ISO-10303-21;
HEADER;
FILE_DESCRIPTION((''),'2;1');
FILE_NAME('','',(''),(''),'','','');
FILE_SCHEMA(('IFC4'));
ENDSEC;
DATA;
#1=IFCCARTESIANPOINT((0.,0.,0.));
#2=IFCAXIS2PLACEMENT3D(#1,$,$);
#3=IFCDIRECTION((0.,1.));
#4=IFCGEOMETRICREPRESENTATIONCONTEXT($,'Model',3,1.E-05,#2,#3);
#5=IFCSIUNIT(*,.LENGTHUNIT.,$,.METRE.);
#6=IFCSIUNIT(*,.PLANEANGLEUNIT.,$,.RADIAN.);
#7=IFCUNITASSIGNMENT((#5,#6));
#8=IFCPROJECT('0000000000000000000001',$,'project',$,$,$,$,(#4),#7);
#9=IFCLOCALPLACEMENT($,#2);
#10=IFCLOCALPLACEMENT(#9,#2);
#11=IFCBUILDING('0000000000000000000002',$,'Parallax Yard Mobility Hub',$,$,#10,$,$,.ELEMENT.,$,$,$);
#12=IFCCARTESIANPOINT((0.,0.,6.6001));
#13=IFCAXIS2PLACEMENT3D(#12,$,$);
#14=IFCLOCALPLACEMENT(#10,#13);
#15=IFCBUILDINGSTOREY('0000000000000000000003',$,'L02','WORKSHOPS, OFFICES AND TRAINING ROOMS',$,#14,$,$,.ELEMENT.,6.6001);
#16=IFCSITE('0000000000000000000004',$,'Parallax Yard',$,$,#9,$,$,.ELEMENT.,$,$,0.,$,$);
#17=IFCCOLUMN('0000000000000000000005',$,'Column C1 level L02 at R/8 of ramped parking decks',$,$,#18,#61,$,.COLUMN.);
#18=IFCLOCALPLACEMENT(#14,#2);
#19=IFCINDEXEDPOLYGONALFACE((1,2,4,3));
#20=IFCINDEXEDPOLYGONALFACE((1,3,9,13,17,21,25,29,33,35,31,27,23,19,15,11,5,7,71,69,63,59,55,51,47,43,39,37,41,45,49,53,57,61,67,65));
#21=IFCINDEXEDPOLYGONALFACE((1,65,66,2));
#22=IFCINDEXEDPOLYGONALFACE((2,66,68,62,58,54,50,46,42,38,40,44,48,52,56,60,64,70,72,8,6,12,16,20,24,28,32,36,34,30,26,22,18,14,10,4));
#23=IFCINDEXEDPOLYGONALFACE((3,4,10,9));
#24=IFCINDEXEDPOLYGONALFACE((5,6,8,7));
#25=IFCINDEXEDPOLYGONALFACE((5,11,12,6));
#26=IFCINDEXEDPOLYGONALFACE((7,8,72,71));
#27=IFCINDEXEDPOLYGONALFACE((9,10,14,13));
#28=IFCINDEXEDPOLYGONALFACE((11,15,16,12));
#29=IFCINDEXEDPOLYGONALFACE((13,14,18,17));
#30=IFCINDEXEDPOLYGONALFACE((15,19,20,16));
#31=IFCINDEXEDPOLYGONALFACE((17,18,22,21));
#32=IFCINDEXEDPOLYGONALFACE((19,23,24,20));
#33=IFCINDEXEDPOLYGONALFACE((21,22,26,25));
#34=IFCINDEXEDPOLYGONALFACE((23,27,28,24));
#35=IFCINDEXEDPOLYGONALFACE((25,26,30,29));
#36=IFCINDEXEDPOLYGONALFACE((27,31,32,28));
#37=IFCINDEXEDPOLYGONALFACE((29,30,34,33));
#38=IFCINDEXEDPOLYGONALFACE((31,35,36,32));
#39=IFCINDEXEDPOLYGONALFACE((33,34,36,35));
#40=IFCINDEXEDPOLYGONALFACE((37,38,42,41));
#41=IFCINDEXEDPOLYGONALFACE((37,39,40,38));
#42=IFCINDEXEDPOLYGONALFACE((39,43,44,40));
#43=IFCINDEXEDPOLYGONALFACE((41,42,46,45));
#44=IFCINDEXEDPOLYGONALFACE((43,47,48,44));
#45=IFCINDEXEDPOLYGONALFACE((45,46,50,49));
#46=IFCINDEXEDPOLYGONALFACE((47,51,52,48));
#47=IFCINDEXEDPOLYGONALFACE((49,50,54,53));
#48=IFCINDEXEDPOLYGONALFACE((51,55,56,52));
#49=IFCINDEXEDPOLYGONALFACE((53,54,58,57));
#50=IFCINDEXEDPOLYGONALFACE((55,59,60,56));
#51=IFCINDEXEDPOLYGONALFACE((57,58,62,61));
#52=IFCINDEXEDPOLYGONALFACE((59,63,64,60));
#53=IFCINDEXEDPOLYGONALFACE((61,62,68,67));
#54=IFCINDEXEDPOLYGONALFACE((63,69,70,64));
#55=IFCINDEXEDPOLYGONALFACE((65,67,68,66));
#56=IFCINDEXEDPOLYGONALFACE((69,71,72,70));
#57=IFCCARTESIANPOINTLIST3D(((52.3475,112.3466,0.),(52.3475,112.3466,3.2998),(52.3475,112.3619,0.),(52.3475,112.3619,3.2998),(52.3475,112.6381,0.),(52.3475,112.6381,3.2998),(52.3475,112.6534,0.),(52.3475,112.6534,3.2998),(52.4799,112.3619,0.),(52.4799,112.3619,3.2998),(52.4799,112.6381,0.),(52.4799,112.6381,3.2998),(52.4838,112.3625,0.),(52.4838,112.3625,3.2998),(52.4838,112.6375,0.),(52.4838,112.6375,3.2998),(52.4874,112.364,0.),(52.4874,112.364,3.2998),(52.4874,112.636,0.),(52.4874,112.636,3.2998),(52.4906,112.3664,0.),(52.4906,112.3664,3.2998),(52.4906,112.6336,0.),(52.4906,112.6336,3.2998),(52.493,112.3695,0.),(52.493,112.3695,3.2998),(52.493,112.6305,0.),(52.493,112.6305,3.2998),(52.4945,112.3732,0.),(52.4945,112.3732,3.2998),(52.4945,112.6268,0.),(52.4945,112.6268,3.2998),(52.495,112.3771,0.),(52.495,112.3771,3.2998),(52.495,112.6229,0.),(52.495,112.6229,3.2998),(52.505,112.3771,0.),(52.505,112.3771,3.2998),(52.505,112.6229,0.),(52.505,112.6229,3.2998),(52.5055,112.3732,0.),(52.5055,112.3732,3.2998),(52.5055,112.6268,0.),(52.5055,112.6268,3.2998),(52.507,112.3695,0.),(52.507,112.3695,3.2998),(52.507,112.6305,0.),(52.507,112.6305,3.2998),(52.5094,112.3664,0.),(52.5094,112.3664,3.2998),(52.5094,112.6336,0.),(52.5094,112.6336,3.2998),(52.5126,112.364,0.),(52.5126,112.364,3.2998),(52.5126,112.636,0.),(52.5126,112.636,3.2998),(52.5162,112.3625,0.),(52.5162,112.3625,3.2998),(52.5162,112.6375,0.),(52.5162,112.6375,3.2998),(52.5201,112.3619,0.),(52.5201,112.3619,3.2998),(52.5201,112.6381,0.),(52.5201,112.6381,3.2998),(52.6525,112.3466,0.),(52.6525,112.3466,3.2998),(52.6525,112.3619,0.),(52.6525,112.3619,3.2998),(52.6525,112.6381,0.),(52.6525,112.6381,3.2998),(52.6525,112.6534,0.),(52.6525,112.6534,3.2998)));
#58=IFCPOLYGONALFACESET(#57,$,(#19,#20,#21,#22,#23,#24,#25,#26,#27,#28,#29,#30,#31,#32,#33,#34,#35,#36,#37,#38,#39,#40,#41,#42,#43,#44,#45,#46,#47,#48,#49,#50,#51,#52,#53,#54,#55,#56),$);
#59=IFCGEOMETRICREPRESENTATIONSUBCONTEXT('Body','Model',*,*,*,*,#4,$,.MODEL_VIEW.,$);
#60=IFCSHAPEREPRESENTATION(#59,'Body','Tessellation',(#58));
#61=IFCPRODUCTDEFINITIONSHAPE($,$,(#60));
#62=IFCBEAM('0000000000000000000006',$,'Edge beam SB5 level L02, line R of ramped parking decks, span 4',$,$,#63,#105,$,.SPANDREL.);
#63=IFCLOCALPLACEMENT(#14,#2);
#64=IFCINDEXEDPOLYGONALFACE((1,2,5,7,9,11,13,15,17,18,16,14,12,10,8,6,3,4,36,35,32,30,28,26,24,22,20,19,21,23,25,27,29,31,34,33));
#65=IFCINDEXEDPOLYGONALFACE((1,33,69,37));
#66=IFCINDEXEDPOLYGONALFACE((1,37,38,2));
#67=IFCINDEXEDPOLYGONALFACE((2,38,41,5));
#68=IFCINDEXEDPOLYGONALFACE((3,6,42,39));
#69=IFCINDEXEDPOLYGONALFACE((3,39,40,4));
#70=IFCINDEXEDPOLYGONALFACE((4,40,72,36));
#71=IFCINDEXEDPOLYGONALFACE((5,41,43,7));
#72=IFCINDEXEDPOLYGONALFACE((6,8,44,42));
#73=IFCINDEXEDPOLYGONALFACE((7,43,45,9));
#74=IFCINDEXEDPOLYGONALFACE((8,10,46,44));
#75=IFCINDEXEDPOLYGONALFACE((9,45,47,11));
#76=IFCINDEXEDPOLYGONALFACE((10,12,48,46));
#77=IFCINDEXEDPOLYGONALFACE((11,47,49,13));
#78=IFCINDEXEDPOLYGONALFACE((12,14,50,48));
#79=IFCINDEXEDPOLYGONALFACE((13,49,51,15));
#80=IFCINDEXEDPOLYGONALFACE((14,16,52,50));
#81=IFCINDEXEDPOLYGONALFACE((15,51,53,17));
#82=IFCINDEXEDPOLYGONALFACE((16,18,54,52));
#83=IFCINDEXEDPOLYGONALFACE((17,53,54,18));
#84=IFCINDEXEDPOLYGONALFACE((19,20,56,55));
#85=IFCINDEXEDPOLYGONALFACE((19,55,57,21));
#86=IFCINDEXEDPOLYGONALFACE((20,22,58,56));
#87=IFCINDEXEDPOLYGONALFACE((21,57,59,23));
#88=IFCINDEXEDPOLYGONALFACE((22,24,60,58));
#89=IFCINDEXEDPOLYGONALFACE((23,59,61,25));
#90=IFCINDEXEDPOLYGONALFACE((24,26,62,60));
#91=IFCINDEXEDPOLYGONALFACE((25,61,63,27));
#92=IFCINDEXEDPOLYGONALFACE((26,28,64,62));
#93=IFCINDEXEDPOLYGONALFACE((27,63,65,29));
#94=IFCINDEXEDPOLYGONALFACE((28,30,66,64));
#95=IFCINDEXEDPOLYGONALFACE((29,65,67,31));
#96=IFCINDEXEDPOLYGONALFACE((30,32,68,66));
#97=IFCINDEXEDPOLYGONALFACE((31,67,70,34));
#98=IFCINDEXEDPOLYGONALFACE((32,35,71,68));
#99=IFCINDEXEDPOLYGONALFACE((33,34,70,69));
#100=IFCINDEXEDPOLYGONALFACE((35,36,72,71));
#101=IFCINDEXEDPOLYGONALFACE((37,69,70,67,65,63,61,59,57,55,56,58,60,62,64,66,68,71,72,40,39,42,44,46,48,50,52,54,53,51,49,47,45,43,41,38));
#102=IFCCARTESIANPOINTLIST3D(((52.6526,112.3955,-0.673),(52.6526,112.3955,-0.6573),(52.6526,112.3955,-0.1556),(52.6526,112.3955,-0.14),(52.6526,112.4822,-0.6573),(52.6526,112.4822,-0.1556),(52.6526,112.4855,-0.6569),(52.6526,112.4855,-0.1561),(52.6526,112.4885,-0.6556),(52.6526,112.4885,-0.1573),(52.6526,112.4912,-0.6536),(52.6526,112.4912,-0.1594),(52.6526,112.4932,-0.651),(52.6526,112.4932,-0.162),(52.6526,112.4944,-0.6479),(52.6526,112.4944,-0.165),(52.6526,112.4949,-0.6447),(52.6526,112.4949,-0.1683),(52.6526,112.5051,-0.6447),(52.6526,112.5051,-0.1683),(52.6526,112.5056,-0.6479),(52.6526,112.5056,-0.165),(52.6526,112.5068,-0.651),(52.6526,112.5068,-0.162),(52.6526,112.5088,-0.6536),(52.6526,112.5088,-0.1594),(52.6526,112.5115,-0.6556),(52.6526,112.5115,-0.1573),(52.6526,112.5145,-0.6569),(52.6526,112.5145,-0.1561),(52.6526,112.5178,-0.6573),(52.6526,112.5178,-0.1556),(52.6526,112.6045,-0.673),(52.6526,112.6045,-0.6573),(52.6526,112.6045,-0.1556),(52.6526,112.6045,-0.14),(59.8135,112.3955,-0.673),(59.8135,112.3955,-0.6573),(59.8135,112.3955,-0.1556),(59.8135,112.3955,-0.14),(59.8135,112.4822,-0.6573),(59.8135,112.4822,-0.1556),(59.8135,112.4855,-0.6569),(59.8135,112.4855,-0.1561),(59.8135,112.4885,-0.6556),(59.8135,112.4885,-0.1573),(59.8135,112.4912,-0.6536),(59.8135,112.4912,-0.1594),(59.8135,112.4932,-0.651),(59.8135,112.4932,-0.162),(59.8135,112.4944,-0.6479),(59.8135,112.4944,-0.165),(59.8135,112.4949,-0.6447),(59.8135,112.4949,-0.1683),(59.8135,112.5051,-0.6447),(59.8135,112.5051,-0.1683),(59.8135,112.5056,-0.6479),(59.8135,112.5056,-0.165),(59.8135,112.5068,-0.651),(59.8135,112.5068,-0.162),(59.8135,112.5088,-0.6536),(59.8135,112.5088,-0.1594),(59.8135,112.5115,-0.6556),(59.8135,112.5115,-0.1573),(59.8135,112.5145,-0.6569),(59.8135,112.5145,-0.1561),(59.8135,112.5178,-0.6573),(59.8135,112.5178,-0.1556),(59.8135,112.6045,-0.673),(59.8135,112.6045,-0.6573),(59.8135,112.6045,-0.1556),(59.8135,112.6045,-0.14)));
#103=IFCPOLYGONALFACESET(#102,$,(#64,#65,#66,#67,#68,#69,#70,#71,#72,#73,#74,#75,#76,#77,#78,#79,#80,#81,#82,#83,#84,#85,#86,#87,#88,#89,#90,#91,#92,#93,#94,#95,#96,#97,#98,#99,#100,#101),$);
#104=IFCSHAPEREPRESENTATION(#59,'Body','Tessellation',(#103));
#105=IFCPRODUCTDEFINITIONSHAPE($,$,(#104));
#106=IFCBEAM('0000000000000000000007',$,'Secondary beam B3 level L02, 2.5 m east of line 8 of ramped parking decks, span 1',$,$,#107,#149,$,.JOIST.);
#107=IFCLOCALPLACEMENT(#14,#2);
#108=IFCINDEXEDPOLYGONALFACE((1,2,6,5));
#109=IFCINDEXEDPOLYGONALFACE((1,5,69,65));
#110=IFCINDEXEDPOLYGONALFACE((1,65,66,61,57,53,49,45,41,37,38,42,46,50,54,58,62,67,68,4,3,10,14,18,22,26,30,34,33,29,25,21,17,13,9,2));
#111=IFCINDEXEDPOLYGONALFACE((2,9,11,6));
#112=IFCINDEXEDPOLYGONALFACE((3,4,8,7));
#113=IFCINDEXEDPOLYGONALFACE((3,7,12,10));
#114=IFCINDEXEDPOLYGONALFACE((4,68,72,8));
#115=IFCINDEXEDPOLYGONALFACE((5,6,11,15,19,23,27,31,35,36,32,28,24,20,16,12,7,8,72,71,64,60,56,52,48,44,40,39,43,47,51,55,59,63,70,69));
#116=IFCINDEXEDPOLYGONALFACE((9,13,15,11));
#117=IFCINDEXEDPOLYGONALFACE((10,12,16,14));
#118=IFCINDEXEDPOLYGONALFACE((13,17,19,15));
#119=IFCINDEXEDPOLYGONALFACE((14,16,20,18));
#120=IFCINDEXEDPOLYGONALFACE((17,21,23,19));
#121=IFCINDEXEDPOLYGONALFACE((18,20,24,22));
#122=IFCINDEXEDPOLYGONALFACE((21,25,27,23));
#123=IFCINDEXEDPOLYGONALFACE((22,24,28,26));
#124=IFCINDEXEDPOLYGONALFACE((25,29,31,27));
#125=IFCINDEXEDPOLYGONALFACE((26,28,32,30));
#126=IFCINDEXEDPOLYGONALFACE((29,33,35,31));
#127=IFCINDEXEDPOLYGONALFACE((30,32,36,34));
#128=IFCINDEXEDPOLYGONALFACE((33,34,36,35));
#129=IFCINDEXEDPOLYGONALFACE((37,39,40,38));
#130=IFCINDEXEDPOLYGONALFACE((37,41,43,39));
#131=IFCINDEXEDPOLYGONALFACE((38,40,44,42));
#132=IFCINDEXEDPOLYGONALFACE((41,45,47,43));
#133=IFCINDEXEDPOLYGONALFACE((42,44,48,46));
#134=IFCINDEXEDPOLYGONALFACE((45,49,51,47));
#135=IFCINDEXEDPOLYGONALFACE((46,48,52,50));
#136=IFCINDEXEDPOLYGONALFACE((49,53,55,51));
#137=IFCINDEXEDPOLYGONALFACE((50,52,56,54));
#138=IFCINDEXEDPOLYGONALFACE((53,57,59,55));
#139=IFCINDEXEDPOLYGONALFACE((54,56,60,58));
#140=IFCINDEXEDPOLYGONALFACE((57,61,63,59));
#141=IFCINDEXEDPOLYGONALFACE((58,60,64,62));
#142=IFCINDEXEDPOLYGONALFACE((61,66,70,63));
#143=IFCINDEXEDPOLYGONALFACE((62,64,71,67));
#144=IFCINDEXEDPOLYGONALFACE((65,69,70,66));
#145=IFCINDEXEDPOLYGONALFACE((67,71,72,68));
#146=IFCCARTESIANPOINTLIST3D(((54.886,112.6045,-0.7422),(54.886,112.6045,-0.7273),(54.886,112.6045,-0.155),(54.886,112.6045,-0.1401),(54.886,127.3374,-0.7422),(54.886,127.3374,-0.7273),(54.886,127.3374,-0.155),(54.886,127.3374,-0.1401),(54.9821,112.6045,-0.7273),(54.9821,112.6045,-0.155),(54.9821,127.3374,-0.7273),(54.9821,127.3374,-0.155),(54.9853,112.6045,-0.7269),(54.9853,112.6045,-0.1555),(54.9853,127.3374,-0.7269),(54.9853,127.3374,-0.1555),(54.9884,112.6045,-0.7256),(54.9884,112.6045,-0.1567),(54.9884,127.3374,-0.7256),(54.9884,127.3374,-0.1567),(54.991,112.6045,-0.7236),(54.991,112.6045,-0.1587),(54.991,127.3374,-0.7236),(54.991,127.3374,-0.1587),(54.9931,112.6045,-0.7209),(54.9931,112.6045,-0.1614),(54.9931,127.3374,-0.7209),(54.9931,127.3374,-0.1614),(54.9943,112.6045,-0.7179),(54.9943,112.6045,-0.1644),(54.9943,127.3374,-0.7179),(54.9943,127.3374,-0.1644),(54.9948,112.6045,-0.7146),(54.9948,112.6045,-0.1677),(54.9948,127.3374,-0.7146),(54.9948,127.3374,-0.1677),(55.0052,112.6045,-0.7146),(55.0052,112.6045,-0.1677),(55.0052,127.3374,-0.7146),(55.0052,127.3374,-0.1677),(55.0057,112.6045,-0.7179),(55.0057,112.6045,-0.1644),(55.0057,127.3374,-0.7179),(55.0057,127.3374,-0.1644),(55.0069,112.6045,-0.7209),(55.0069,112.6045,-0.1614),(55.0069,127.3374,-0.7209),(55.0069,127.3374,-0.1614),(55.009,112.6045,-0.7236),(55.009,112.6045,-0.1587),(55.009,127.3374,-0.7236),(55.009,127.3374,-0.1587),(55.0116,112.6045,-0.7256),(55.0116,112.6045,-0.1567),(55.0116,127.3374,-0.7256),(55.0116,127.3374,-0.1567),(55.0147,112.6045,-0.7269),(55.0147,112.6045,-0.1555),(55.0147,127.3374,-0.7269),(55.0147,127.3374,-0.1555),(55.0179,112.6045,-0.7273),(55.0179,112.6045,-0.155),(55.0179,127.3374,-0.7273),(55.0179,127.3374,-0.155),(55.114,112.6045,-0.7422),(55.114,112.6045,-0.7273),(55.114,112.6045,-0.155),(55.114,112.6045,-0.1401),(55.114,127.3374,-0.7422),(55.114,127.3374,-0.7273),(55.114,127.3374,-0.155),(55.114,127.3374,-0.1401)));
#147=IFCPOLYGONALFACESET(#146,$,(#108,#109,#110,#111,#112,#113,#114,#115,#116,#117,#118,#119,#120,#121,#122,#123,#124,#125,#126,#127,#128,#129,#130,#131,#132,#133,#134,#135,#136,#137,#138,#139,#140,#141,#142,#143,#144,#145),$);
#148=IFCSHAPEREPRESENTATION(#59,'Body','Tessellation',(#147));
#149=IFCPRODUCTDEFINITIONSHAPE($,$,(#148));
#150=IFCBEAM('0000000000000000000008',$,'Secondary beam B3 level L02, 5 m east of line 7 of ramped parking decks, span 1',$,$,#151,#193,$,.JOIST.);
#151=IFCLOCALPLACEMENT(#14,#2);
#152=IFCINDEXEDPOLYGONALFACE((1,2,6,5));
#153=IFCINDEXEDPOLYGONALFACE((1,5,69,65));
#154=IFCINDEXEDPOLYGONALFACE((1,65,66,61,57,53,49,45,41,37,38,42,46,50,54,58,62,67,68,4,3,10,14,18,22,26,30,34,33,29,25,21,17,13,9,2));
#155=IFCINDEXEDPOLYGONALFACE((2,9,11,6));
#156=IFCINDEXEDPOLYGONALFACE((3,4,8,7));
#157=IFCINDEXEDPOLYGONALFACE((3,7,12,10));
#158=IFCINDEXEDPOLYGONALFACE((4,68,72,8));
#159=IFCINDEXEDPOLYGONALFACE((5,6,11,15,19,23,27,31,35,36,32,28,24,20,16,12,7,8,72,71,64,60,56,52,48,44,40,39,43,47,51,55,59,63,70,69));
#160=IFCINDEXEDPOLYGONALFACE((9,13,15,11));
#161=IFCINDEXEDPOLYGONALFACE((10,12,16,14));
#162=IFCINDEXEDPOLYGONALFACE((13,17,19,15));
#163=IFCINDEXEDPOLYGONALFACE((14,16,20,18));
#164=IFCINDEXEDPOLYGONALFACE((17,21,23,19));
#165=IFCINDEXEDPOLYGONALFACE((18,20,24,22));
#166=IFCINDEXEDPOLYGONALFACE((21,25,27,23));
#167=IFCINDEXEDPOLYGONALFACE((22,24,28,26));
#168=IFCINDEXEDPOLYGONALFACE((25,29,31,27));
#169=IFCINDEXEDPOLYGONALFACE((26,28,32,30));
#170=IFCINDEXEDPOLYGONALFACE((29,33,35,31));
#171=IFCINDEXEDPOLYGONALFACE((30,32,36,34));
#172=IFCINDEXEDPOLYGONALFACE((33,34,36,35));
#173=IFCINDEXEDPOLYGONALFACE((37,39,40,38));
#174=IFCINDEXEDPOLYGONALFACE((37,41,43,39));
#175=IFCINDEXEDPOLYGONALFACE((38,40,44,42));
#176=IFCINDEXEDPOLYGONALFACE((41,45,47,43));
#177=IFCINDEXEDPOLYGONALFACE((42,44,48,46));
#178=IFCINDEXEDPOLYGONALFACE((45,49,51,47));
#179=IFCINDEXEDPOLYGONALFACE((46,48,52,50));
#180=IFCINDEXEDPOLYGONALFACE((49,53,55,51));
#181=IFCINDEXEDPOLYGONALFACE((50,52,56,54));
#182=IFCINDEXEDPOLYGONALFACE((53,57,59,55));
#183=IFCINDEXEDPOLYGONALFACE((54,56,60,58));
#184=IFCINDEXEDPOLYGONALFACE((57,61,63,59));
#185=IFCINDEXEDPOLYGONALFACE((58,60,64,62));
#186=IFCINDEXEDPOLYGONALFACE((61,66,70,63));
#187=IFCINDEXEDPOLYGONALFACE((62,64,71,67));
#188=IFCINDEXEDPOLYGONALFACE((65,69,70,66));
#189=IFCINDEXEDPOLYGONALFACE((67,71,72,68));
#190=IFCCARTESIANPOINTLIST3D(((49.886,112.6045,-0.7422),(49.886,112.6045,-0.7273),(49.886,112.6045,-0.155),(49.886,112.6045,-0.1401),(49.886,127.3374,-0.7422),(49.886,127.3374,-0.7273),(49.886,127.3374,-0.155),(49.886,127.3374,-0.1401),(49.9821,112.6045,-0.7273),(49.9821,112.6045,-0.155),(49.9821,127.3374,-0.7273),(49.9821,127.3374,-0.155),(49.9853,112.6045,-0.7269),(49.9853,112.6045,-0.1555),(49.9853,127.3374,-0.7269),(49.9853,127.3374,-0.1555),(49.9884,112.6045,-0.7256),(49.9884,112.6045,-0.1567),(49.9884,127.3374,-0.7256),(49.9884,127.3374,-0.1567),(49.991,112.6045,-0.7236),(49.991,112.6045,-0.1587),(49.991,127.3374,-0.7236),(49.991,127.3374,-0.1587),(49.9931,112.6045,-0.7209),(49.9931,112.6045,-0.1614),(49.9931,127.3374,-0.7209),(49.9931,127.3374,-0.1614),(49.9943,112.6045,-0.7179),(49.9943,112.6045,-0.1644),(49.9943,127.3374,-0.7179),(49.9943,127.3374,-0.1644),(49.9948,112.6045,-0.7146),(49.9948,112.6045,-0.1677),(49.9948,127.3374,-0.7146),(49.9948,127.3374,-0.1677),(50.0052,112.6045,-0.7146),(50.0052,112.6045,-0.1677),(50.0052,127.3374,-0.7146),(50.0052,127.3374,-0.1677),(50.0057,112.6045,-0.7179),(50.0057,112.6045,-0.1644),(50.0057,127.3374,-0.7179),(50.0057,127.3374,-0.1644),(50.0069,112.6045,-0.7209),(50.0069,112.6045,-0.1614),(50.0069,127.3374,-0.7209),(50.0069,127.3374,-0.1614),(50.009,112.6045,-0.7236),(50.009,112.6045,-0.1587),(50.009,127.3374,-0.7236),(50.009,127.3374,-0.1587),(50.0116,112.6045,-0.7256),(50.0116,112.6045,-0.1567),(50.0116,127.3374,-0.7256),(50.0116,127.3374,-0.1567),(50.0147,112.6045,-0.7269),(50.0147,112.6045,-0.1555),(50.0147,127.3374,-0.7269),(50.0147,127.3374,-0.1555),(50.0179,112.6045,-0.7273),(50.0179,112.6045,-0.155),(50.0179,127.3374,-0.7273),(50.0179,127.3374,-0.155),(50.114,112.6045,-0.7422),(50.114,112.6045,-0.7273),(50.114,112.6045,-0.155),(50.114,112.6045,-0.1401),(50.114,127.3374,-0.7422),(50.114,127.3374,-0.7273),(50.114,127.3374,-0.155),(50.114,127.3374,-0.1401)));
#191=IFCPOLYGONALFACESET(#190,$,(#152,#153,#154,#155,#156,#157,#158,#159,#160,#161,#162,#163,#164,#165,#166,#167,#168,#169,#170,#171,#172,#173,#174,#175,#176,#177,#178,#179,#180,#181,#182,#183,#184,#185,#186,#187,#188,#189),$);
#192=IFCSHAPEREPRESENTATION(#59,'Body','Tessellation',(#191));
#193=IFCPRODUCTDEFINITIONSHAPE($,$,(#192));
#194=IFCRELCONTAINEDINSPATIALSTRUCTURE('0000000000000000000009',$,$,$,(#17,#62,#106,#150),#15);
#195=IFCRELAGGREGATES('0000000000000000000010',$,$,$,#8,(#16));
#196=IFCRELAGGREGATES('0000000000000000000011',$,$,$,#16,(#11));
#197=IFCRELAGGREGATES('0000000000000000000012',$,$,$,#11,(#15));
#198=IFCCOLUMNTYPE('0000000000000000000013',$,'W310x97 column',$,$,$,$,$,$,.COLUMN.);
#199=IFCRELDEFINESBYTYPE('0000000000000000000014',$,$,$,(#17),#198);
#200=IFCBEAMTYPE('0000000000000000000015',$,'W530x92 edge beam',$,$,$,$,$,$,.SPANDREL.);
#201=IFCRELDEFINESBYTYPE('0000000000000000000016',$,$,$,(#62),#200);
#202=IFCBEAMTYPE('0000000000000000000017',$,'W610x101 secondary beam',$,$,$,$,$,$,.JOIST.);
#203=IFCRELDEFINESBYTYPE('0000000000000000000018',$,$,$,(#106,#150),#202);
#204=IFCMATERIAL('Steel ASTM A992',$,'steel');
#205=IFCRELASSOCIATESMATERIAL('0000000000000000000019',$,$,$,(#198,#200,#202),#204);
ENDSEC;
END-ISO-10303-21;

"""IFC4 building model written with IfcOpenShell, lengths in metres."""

from ifc_helpers import new_model, si_unit, direction, frame, origin, origin_2d, place, context, subcontext, project, spatial, i_section, extrude, material, material_profile, profile_set, type_object, element, save


model = new_model("IFC4")

# Units and contexts
model_context = context("Model", 3, precision=1e-05, world=origin(), true_north=direction((0.0, 1.0)))
body_context = subcontext(model_context, "Body", "Model", "MODEL_VIEW")
ifc_project = project(units=[si_unit("LENGTHUNIT", "METRE"), si_unit("PLANEANGLEUNIT", "RADIAN")], contexts=[model_context])

# Site, building, storey
site_placement = place(None, origin())
site = spatial("IfcSite", under=ifc_project, at=site_placement, Name="Parallax Yard", CompositionType="ELEMENT", RefElevation=0.0)
building_placement = place(site_placement, origin())
building = spatial("IfcBuilding", under=site, at=building_placement, Name="Parallax Yard Mobility Hub", CompositionType="ELEMENT")
storey_placement = place(building_placement, frame((0.0, 0.0, 6.6001)))
storey = spatial("IfcBuildingStorey", under=building, at=storey_placement, Name="L02", Description="WORKSHOPS, OFFICES AND TRAINING ROOMS", CompositionType="ELEMENT", Elevation=6.6001)

# Column
ifc_material_1 = material(Name="Steel ASTM A992", Category="steel")
ifc_material_profile_1 = material_profile(ifc_material_1, i_section(OverallWidth=0.3049, OverallDepth=0.3069, WebThickness=0.01, FlangeThickness=0.0154, FilletRadius=0.0151, at=origin_2d()), Name="W310x97")
ifc_profile_set_1 = profile_set([ifc_material_profile_1], Name="Steel ASTM A992")
column_type = type_object("IfcColumnType", Name="W310x97 column", PredefinedType="COLUMN", material=ifc_profile_set_1)
column_placement = place(storey_placement, frame((52.5, 112.5, 0.0), z_axis=(0.0, 0.0, 1.0), x_axis=(1.0, 0.0, 0.0)))
element("IfcColumn", 1, at=column_placement, inside=storey, type_object=column_type, Name="Column C1 level L02 at R/8 of ramped parking decks", PredefinedType="COLUMN", context=body_context, shape_type="SweptSolid", body=[
    extrude(i_section(OverallWidth=0.3049, OverallDepth=0.3069, WebThickness=0.01, FlangeThickness=0.0154, FilletRadius=0.0151, at=origin_2d()), origin(), (0.0, 0.0, 1.0), 3.2998),
])

# Beams
ifc_material_profile_2 = material_profile(ifc_material_1, i_section(OverallWidth=0.209, OverallDepth=0.533, WebThickness=0.0103, FlangeThickness=0.0156, FilletRadius=0.0127, at=origin_2d()), Name="W530x92")
ifc_profile_set_2 = profile_set([ifc_material_profile_2], Name="Steel ASTM A992")
beam_type_1 = type_object("IfcBeamType", Name="W530x92 edge beam", PredefinedType="SPANDREL", material=ifc_profile_set_2)
beam_1_placement = place(storey_placement, frame((52.6526, 112.5, -0.4065), z_axis=(1.0, 0.0, 0.0), x_axis=(0.0, 1.0, 0.0)))
element("IfcBeam", 2, at=beam_1_placement, inside=storey, type_object=beam_type_1, Name="Edge beam SB5 level L02, line R of ramped parking decks, span 4", PredefinedType="SPANDREL", context=body_context, shape_type="SweptSolid", body=[
    extrude(i_section(OverallWidth=0.209, OverallDepth=0.533, WebThickness=0.0103, FlangeThickness=0.0156, FilletRadius=0.0127, at=origin_2d()), origin(), (0.0, 0.0, 1.0), 7.1609),
])
ifc_material_profile_3 = material_profile(ifc_material_1, i_section(OverallWidth=0.228, OverallDepth=0.6021, WebThickness=0.0105, FlangeThickness=0.0149, FilletRadius=0.0127, at=origin_2d()), Name="W610x101")
ifc_profile_set_3 = profile_set([ifc_material_profile_3], Name="Steel ASTM A992")
beam_type_2 = type_object("IfcBeamType", Name="W610x101 secondary beam", PredefinedType="JOIST", material=ifc_profile_set_3)
for number, where, z_axis, x_axis, name in (
    (3, (55.0, 112.6045, -0.4412), (0.0, 1.0, 0.0), (-1.0, 0.0, 0.0), "Secondary beam B3 level L02, 2.5 m east of line 8 of ramped parking decks, span 1"),
    (4, (50.0, 112.6045, -0.4412), (0.0, 1.0, 0.0), (-1.0, 0.0, 0.0), "Secondary beam B3 level L02, 5 m east of line 7 of ramped parking decks, span 1"),
):
    element("IfcBeam", number, at=place(storey_placement, frame(where, z_axis=z_axis, x_axis=x_axis)), inside=storey, type_object=beam_type_2, Name=name, PredefinedType="JOIST", context=body_context, shape_type="SweptSolid", body=[
        extrude(i_section(OverallWidth=0.228, OverallDepth=0.6021, WebThickness=0.0105, FlangeThickness=0.0149, FilletRadius=0.0127, at=origin_2d()), origin(), (0.0, 0.0, 1.0), 14.7329),
    ])

save(model, "model.ifc")
